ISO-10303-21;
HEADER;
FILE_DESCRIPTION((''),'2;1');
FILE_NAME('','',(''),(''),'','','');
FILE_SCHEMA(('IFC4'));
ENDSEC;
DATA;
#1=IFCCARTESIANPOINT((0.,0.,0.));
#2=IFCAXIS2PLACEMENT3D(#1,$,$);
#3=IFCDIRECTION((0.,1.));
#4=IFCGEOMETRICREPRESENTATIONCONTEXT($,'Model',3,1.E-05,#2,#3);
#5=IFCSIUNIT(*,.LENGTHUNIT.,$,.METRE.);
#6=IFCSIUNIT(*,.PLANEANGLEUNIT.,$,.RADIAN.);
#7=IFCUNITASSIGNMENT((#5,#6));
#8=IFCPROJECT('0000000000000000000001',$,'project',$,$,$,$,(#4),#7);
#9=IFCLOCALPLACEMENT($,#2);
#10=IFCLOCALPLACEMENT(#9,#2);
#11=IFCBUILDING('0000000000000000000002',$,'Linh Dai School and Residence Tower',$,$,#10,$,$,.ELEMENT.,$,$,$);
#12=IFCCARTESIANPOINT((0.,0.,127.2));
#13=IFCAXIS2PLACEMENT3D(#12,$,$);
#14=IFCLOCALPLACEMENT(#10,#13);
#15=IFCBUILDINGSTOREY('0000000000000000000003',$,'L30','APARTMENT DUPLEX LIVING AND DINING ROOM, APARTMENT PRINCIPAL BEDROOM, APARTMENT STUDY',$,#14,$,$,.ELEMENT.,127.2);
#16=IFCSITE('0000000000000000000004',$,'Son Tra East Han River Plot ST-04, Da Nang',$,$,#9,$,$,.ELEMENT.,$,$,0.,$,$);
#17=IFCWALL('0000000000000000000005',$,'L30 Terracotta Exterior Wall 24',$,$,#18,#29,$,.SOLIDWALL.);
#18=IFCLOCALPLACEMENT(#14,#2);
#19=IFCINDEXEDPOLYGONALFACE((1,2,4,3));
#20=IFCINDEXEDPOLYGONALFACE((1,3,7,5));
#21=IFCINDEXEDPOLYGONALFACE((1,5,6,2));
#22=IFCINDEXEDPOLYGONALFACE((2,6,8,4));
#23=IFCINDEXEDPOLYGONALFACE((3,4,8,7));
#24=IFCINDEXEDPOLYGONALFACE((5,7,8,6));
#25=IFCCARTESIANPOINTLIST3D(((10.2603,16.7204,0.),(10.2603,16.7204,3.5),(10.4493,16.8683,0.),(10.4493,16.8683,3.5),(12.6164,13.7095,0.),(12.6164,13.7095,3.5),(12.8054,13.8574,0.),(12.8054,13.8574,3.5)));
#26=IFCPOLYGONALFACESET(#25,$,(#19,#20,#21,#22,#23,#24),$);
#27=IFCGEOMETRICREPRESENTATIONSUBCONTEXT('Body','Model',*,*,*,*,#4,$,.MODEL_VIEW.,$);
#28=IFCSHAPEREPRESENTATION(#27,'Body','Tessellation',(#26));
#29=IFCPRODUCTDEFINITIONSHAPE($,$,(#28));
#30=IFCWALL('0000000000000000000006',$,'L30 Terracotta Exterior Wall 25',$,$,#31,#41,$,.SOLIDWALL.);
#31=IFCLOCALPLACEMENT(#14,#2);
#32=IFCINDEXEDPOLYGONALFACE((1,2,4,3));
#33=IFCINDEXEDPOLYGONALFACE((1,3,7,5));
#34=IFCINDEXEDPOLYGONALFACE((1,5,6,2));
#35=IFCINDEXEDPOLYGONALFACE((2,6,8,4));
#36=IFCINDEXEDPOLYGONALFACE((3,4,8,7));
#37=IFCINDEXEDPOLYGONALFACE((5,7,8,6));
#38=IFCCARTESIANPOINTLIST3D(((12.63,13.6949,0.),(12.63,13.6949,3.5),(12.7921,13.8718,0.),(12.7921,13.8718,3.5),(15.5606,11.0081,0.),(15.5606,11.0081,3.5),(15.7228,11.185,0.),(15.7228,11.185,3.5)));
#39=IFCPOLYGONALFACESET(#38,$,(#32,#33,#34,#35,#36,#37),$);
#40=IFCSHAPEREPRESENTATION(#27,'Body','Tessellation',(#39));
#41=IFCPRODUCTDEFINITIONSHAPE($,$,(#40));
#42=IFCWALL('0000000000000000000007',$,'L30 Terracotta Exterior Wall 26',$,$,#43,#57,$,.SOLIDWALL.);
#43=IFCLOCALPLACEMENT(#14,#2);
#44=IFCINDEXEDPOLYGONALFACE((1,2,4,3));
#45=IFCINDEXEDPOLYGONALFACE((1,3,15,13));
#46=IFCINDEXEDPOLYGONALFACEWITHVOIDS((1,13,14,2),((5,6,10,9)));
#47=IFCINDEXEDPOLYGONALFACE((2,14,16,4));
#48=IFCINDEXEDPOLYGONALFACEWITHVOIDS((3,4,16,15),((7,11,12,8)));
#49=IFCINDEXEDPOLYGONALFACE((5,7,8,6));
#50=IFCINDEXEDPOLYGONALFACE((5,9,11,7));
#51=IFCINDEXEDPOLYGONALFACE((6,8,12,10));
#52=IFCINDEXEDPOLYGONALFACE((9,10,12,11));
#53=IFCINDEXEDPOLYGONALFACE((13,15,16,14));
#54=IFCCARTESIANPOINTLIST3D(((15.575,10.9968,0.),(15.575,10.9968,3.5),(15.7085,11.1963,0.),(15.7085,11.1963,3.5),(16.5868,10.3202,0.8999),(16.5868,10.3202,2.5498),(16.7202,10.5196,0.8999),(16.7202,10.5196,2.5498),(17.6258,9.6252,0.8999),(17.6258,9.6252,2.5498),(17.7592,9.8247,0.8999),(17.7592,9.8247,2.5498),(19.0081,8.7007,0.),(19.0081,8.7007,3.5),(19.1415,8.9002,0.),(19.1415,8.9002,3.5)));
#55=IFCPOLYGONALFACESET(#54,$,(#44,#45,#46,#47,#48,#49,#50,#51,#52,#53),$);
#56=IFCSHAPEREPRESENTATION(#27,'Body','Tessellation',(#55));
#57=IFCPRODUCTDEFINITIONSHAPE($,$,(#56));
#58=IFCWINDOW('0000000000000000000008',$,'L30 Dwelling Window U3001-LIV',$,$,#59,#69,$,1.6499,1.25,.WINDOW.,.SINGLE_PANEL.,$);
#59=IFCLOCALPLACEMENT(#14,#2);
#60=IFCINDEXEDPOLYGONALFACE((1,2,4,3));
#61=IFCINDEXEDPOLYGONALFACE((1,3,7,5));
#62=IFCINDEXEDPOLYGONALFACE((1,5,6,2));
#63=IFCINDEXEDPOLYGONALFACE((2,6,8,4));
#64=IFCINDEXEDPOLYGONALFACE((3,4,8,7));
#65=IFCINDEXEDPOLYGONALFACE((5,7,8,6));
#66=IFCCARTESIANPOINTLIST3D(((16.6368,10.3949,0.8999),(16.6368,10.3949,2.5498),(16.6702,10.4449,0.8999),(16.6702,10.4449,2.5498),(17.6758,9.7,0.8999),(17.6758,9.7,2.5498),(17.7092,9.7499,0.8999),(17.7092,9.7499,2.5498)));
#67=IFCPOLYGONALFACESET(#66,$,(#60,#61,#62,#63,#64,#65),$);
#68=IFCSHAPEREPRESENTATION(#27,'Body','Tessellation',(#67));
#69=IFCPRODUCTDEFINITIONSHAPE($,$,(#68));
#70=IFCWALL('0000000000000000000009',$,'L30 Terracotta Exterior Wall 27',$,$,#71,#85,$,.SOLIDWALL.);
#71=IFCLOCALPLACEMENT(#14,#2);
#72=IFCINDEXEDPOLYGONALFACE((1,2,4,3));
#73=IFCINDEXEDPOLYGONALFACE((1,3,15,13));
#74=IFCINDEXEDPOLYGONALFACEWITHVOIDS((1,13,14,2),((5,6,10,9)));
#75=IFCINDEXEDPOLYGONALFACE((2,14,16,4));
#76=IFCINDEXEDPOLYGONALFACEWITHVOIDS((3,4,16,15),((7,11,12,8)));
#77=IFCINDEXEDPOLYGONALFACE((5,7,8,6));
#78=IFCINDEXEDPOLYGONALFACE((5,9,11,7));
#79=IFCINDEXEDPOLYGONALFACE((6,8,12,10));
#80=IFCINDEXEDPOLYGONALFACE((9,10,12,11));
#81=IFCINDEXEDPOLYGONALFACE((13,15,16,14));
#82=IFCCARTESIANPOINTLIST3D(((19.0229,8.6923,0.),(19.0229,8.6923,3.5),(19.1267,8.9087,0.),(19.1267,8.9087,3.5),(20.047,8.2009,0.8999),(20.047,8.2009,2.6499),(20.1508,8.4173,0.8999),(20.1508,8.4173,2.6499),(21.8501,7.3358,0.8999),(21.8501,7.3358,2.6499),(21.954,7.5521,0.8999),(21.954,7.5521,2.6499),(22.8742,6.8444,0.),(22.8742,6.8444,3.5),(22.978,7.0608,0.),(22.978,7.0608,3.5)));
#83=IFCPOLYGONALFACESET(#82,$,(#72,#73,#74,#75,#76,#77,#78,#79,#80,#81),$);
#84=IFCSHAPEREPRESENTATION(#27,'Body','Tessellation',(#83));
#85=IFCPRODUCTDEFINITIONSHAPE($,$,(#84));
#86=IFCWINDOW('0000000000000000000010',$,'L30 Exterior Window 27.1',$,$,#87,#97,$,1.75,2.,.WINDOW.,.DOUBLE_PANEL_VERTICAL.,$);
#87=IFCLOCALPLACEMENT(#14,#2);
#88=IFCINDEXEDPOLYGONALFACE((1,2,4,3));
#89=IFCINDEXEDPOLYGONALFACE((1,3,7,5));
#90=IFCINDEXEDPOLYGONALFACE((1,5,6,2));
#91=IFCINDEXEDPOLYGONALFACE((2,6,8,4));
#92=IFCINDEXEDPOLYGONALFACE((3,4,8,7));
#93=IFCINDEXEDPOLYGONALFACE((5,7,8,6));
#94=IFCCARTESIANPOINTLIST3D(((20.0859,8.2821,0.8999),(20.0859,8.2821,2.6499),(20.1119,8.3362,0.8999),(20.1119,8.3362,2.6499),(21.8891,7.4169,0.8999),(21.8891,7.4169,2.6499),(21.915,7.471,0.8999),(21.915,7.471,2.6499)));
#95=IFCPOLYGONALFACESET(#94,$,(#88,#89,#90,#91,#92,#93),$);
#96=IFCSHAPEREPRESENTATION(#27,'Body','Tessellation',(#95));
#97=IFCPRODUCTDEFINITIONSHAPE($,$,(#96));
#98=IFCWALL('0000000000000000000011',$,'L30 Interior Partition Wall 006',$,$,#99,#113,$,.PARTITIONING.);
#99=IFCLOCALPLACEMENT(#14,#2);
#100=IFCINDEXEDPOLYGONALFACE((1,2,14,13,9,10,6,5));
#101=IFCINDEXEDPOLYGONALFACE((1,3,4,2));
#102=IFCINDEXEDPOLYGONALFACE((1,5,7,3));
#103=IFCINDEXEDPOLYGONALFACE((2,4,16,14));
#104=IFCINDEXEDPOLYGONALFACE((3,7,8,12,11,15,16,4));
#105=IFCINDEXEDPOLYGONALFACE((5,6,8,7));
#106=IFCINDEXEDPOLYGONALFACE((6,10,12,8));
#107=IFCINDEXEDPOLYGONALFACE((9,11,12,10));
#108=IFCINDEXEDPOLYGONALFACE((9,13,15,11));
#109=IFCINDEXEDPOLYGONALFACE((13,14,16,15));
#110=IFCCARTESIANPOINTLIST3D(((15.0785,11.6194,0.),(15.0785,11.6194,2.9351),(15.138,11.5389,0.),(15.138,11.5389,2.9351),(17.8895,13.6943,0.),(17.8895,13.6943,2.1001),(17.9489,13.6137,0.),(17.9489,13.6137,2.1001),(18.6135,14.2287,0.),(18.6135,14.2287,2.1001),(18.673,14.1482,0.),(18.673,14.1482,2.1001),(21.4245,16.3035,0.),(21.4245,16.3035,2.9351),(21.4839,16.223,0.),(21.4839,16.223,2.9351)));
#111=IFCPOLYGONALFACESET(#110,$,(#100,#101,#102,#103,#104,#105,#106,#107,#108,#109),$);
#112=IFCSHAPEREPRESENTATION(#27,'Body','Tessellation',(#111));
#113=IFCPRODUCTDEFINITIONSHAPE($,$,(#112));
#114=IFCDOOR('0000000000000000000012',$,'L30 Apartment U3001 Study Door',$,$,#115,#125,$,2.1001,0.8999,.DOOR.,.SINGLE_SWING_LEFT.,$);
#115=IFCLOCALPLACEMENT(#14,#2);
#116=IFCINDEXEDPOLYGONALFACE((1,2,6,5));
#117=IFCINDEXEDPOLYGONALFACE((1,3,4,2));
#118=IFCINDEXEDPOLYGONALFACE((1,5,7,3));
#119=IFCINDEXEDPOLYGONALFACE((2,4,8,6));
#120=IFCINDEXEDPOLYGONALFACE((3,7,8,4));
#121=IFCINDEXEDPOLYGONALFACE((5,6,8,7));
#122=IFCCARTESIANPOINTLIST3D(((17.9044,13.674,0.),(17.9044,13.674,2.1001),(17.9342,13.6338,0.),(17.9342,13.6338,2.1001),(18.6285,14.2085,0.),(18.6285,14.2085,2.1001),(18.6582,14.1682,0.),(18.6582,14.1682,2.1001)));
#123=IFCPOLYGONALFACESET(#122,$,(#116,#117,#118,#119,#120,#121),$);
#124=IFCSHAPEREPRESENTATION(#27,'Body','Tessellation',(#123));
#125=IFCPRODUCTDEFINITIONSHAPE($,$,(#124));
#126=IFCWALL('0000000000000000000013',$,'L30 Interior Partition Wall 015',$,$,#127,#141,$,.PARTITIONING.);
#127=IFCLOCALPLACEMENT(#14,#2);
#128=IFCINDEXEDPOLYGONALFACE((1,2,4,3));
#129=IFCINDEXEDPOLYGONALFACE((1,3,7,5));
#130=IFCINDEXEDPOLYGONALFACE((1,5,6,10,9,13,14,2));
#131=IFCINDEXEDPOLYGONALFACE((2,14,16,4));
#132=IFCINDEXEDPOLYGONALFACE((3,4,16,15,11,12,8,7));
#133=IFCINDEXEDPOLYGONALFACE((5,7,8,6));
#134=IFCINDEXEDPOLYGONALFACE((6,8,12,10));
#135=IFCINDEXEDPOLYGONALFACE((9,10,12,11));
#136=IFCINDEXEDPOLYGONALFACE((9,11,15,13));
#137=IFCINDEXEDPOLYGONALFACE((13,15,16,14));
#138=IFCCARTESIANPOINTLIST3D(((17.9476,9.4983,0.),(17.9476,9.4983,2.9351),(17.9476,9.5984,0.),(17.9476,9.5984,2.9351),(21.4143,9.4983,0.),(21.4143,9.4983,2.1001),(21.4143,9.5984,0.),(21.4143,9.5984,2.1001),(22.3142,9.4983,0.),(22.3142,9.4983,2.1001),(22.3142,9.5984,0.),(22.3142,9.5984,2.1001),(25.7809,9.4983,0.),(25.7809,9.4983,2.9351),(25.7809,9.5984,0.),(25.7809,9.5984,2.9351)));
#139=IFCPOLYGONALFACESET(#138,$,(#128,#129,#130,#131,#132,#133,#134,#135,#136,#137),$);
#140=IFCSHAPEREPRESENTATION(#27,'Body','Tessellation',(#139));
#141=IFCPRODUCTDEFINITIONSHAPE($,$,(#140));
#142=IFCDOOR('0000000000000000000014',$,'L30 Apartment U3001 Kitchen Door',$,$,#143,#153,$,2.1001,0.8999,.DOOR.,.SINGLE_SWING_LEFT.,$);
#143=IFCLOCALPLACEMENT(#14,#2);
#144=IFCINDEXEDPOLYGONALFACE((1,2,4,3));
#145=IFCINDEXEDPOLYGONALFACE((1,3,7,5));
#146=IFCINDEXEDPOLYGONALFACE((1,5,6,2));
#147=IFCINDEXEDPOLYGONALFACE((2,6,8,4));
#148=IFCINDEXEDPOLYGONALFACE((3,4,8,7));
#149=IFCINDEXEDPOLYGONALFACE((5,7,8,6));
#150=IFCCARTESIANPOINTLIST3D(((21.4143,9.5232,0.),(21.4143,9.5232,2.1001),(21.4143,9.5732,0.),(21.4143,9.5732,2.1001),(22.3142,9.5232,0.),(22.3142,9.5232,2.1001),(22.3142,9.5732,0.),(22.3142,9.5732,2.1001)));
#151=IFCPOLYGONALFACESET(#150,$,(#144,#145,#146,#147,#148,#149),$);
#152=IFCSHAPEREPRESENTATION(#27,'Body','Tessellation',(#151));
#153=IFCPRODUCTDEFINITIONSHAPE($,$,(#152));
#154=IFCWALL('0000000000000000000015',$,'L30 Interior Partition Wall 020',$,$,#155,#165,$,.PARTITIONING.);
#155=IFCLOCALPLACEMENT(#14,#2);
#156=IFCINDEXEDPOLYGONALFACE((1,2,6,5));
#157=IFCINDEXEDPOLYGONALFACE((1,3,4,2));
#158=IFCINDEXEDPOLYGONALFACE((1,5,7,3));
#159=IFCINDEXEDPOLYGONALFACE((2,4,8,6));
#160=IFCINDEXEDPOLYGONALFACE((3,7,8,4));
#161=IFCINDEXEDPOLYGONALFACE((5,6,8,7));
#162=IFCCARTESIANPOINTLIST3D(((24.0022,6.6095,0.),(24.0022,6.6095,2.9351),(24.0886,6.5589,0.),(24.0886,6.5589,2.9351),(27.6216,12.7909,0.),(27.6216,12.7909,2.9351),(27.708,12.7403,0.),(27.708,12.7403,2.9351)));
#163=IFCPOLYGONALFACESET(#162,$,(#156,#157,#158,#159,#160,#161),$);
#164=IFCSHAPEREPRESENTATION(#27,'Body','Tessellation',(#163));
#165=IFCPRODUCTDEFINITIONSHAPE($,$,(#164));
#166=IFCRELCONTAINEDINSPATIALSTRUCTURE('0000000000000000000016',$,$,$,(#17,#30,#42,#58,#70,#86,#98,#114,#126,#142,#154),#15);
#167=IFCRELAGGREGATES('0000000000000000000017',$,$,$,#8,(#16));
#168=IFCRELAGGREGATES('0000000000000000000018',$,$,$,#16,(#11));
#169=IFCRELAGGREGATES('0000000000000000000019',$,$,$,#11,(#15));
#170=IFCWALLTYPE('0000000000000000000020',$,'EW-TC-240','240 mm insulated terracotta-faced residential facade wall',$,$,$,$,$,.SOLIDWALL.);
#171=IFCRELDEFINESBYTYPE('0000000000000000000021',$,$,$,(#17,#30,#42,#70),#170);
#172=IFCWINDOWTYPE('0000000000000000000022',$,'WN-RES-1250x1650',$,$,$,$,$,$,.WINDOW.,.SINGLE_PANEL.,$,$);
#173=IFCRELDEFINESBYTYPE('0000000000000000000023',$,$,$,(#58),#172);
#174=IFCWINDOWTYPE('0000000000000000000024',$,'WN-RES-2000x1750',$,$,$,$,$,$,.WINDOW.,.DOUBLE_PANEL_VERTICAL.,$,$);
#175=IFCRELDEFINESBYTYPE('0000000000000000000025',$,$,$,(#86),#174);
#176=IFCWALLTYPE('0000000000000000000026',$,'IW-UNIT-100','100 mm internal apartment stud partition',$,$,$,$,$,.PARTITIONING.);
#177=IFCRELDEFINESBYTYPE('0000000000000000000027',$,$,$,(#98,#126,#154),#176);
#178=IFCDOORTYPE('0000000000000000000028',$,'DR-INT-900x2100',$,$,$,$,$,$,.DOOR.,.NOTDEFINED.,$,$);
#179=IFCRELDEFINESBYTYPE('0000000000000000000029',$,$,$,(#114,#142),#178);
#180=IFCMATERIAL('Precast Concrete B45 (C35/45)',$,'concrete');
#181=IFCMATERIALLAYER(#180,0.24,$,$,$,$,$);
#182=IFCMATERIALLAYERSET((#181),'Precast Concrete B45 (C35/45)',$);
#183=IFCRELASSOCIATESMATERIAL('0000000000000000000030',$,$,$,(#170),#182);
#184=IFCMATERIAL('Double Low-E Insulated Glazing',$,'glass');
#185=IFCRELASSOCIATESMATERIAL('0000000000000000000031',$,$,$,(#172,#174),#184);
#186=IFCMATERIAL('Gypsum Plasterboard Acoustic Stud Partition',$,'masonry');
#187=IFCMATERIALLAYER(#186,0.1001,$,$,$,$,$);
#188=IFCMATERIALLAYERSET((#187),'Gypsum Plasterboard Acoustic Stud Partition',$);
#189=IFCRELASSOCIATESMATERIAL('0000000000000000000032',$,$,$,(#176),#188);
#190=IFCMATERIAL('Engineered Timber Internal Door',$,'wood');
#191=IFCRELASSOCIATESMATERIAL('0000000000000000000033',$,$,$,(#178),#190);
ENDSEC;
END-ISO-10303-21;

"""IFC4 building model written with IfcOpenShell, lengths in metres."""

from ifc_helpers import new_model, si_unit, direction, frame, frame_2d, origin, origin_2d, place, context, subcontext, project, spatial, rectangle, extrude, source, transform, mapped, material, layer, layer_set, type_object, element, fill, save


model = new_model("IFC4")

# Units and contexts
model_context = context("Model", 3, precision=1e-05, world=origin(), true_north=direction((0.0, 1.0)))
body_context = subcontext(model_context, "Body", "Model", "MODEL_VIEW")
ifc_project = project(units=[si_unit("LENGTHUNIT", "METRE"), si_unit("PLANEANGLEUNIT", "RADIAN")], contexts=[model_context])

# Site, building, storey
site_placement = place(None, origin())
site = spatial("IfcSite", under=ifc_project, at=site_placement, Name="Son Tra East Han River Plot ST-04, Da Nang", CompositionType="ELEMENT", RefElevation=0.0)
building_placement = place(site_placement, origin())
building = spatial("IfcBuilding", under=site, at=building_placement, Name="Linh Dai School and Residence Tower", CompositionType="ELEMENT")
storey_placement = place(building_placement, frame((0.0, 0.0, 127.2)))
storey = spatial("IfcBuildingStorey", under=building, at=storey_placement, Name="L30", Description="APARTMENT DUPLEX LIVING AND DINING ROOM, APARTMENT PRINCIPAL BEDROOM, APARTMENT STUDY", CompositionType="ELEMENT", Elevation=127.2)

# Shared definitions
ifc_material_1 = material(Name="Precast Concrete B45 (C35/45)", Category="concrete")

# Walls
ifc_layer_1 = layer(ifc_material_1, 0.24)
ifc_layer_set_1 = layer_set([ifc_layer_1], Name="Precast Concrete B45 (C35/45)")
wall_type_1 = type_object("IfcWallType", Name="EW-TC-240", Description="240 mm insulated terracotta-faced residential facade wall", PredefinedType="SOLIDWALL", material=ifc_layer_set_1)
wall_1_placement = place(storey_placement, frame((12.7109, 13.7834, 0.0), z_axis=(0.0, 0.0, 1.0), x_axis=(-0.616272, 0.787533, 0.0)))
element("IfcWall", 1, at=wall_1_placement, inside=storey, type_object=wall_type_1, Name="L30 Terracotta Exterior Wall 24", PredefinedType="SOLIDWALL", context=body_context, shape_type="SweptSolid", body=[
    extrude(rectangle(XDim=3.8232, YDim=0.24, at=frame_2d((1.9116, 0.0))), origin(), (0.0, 0.0, 1.0), 3.5),
])
wall_2_placement = place(storey_placement, frame((15.6416, 11.0967, 0.0), z_axis=(0.0, 0.0, 1.0), x_axis=(-0.737113, 0.675769, 0.0)))
element("IfcWall", 2, at=wall_2_placement, inside=storey, type_object=wall_type_1, Name="L30 Terracotta Exterior Wall 25", PredefinedType="SOLIDWALL", context=body_context, shape_type="SweptSolid", body=[
    extrude(rectangle(XDim=3.9758, YDim=0.24, at=frame_2d((1.9878, 0.0))), origin(), (0.0, 0.0, 1.0), 3.5),
])

# Walls, openings, windows
wall_3_placement = place(storey_placement, frame((19.0747, 8.8005, 0.0), z_axis=(0.0, 0.0, 1.0), x_axis=(-0.831222, 0.555941, 0.0)))
wall_3 = element("IfcWall", 3, at=wall_3_placement, inside=storey, type_object=wall_type_1, Name="L30 Terracotta Exterior Wall 26", PredefinedType="SOLIDWALL", context=body_context, shape_type="SweptSolid", body=[
    extrude(rectangle(XDim=4.1301, YDim=0.24, at=frame_2d((2.0649, 0.0))), origin(), (0.0, 0.0, 1.0), 3.5),
])
opening_1_placement = place(wall_3_placement, frame((1.6628, 0.0, 0.8999)))
opening_1 = element("IfcOpeningElement", 4, at=opening_1_placement, cuts=wall_3, PredefinedType="OPENING", context=body_context, shape_type="SweptSolid", body=[
    extrude(rectangle(XDim=1.25, YDim=1.6499, at=origin_2d()), frame((0.625, 0.1299, 0.825), z_axis=(0.0, -1.0, 0.0), x_axis=(1.0, 0.0, 0.0)), (0.0, 0.0, 1.0), 0.26),
])
ifc_material_2 = material(Name="Double Low-E Insulated Glazing", Category="glass")
window_type_1 = type_object("IfcWindowType", Name="WN-RES-1250x1650", PartitioningType="SINGLE_PANEL", PredefinedType="WINDOW", material=ifc_material_2)
shared_shape_1 = source(origin(), body_context, "Body", "SweptSolid", [
    extrude(rectangle(XDim=1.25, YDim=1.6499, at=origin_2d()), frame((0.625, 0.03, 0.825), z_axis=(0.0, -1.0, 0.0), x_axis=(1.0, 0.0, 0.0)), (0.0, 0.0, 1.0), 0.0601),
])
window_1_placement = place(opening_1_placement, origin())
window_1 = element("IfcWindow", 5, at=window_1_placement, inside=storey, type_object=window_type_1, Name="L30 Dwelling Window U3001-LIV", OverallHeight=1.6499, OverallWidth=1.25, PartitioningType="SINGLE_PANEL", PredefinedType="WINDOW", context=body_context, shape_type="MappedRepresentation", body=[
    mapped(shared_shape_1, transform((0.0, 0.0, 0.0), x_axis=(1.0, 0.0, 0.0), y_axis=(0.0, 1.0, 0.0), z_axis=(0.0, 0.0, 1.0), scale=1.0)),
])
fill(opening_1, window_1)
wall_4_placement = place(storey_placement, frame((22.926, 6.9526, 0.0), z_axis=(0.0, 0.0, 1.0), x_axis=(-0.90159, 0.432592, 0.0)))
wall_4 = element("IfcWall", 6, at=wall_4_placement, inside=storey, type_object=wall_type_1, Name="L30 Terracotta Exterior Wall 27", PredefinedType="SOLIDWALL", context=body_context, shape_type="SweptSolid", body=[
    extrude(rectangle(XDim=4.2717, YDim=0.24, at=frame_2d((2.1357, 0.0))), origin(), (0.0, 0.0, 1.0), 3.5),
])
opening_2_placement = place(wall_4_placement, frame((1.1357, 0.0, 0.8999)))
opening_2 = element("IfcOpeningElement", 7, at=opening_2_placement, cuts=wall_4, PredefinedType="OPENING", context=body_context, shape_type="SweptSolid", body=[
    extrude(rectangle(XDim=2.0, YDim=1.75, at=origin_2d()), frame((1.0, 0.1299, 0.875), z_axis=(0.0, -1.0, 0.0), x_axis=(1.0, 0.0, 0.0)), (0.0, 0.0, 1.0), 0.26),
])
window_type_2 = type_object("IfcWindowType", Name="WN-RES-2000x1750", PartitioningType="DOUBLE_PANEL_VERTICAL", PredefinedType="WINDOW", material=ifc_material_2)
shared_shape_2 = source(origin(), body_context, "Body", "SweptSolid", [
    extrude(rectangle(XDim=2.0, YDim=1.75, at=origin_2d()), frame((1.0, 0.03, 0.875), z_axis=(0.0, -1.0, 0.0), x_axis=(1.0, 0.0, 0.0)), (0.0, 0.0, 1.0), 0.0601),
])
window_2_placement = place(opening_2_placement, origin())
window_2 = element("IfcWindow", 8, at=window_2_placement, inside=storey, type_object=window_type_2, Name="L30 Exterior Window 27.1", OverallHeight=1.75, OverallWidth=2.0, PartitioningType="DOUBLE_PANEL_VERTICAL", PredefinedType="WINDOW", context=body_context, shape_type="MappedRepresentation", body=[
    mapped(shared_shape_2, transform((0.0, 0.0, 0.0), x_axis=(1.0, 0.0, 0.0), y_axis=(0.0, 1.0, 0.0), z_axis=(0.0, 0.0, 1.0), scale=1.0)),
])
fill(opening_2, window_2)

# Walls, openings, doors
ifc_material_3 = material(Name="Gypsum Plasterboard Acoustic Stud Partition", Category="masonry")
ifc_layer_2 = layer(ifc_material_3, 0.1001)
ifc_layer_set_2 = layer_set([ifc_layer_2], Name="Gypsum Plasterboard Acoustic Stud Partition")
wall_type_2 = type_object("IfcWallType", Name="IW-UNIT-100", Description="100 mm internal apartment stud partition", PredefinedType="PARTITIONING", material=ifc_layer_set_2)
wall_5_placement = place(storey_placement, frame((15.1082, 11.5791, 0.0), z_axis=(0.0, 0.0, 1.0), x_axis=(0.804564, 0.593866, 0.0)))
wall_5 = element("IfcWall", 9, at=wall_5_placement, inside=storey, type_object=wall_type_2, Name="L30 Interior Partition Wall 006", PredefinedType="PARTITIONING", context=body_context, shape_type="SweptSolid", body=[
    extrude(rectangle(XDim=7.8875, YDim=0.1001, at=frame_2d((3.9438, 0.0))), origin(), (0.0, 0.0, 1.0), 2.9351),
])
opening_3_placement = place(wall_5_placement, frame((3.4939, 0.0, 0.0)))
opening_3 = element("IfcOpeningElement", 10, at=opening_3_placement, cuts=wall_5, PredefinedType="OPENING", context=body_context, shape_type="SweptSolid", body=[
    extrude(rectangle(XDim=0.8999, YDim=2.1001, at=origin_2d()), frame((0.45, 0.0601, 1.05), z_axis=(0.0, -1.0, 0.0), x_axis=(1.0, 0.0, 0.0)), (0.0, 0.0, 1.0), 0.1201),
])
ifc_material_4 = material(Name="Engineered Timber Internal Door", Category="wood")
door_type = type_object("IfcDoorType", Name="DR-INT-900x2100", OperationType="NOTDEFINED", PredefinedType="DOOR", material=ifc_material_4)
shared_shape_3 = source(origin(), body_context, "Body", "SweptSolid", [
    extrude(rectangle(XDim=0.8999, YDim=2.1001, at=origin_2d()), frame((0.45, 0.0249, 1.05), z_axis=(0.0, -1.0, 0.0), x_axis=(1.0, 0.0, 0.0)), (0.0, 0.0, 1.0), 0.05),
])
door_1_placement = place(opening_3_placement, origin())
door_1 = element("IfcDoor", 11, at=door_1_placement, inside=storey, type_object=door_type, Name="L30 Apartment U3001 Study Door", OperationType="SINGLE_SWING_LEFT", OverallHeight=2.1001, OverallWidth=0.8999, PredefinedType="DOOR", context=body_context, shape_type="MappedRepresentation", body=[
    mapped(shared_shape_3, transform((0.0, 0.0, 0.0), x_axis=(1.0, 0.0, 0.0), y_axis=(0.0, 1.0, 0.0), z_axis=(0.0, 0.0, 1.0), scale=1.0)),
])
fill(opening_3, door_1)
wall_6_placement = place(storey_placement, frame((17.9478, 9.5483, 0.0), z_axis=(0.0, 0.0, 1.0), x_axis=(1.0, 0.0, 0.0)))
wall_6 = element("IfcWall", 12, at=wall_6_placement, inside=storey, type_object=wall_type_2, Name="L30 Interior Partition Wall 015", PredefinedType="PARTITIONING", context=body_context, shape_type="SweptSolid", body=[
    extrude(rectangle(XDim=7.8333, YDim=0.1001, at=frame_2d((3.9165, 0.0))), origin(), (0.0, 0.0, 1.0), 2.9351),
])
opening_4_placement = place(wall_6_placement, frame((3.4666, 0.0, 0.0)))
opening_4 = element("IfcOpeningElement", 13, at=opening_4_placement, cuts=wall_6, PredefinedType="OPENING", context=body_context, shape_type="SweptSolid", body=[
    extrude(rectangle(XDim=0.8999, YDim=2.1001, at=origin_2d()), frame((0.45, 0.0601, 1.05), z_axis=(0.0, -1.0, 0.0), x_axis=(1.0, 0.0, 0.0)), (0.0, 0.0, 1.0), 0.1201),
])
door_2_placement = place(opening_4_placement, origin())
door_2 = element("IfcDoor", 14, at=door_2_placement, inside=storey, type_object=door_type, Name="L30 Apartment U3001 Kitchen Door", OperationType="SINGLE_SWING_LEFT", OverallHeight=2.1001, OverallWidth=0.8999, PredefinedType="DOOR", context=body_context, shape_type="MappedRepresentation", body=[
    mapped(shared_shape_3, transform((0.0, 0.0, 0.0), x_axis=(1.0, 0.0, 0.0), y_axis=(0.0, 1.0, 0.0), z_axis=(0.0, 0.0, 1.0), scale=1.0)),
])
fill(opening_4, door_2)

# Wall
wall_7_placement = place(storey_placement, frame((24.0454, 6.5842, 0.0), z_axis=(0.0, 0.0, 1.0), x_axis=(0.505284, 0.862953, 0.0)))
element("IfcWall", 15, at=wall_7_placement, inside=storey, type_object=wall_type_2, Name="L30 Interior Partition Wall 020", PredefinedType="PARTITIONING", context=body_context, shape_type="SweptSolid", body=[
    extrude(rectangle(XDim=7.1631, YDim=0.1001, at=frame_2d((3.5815, 0.0))), origin(), (0.0, 0.0, 1.0), 2.9351),
])

save(model, "model.ifc")
